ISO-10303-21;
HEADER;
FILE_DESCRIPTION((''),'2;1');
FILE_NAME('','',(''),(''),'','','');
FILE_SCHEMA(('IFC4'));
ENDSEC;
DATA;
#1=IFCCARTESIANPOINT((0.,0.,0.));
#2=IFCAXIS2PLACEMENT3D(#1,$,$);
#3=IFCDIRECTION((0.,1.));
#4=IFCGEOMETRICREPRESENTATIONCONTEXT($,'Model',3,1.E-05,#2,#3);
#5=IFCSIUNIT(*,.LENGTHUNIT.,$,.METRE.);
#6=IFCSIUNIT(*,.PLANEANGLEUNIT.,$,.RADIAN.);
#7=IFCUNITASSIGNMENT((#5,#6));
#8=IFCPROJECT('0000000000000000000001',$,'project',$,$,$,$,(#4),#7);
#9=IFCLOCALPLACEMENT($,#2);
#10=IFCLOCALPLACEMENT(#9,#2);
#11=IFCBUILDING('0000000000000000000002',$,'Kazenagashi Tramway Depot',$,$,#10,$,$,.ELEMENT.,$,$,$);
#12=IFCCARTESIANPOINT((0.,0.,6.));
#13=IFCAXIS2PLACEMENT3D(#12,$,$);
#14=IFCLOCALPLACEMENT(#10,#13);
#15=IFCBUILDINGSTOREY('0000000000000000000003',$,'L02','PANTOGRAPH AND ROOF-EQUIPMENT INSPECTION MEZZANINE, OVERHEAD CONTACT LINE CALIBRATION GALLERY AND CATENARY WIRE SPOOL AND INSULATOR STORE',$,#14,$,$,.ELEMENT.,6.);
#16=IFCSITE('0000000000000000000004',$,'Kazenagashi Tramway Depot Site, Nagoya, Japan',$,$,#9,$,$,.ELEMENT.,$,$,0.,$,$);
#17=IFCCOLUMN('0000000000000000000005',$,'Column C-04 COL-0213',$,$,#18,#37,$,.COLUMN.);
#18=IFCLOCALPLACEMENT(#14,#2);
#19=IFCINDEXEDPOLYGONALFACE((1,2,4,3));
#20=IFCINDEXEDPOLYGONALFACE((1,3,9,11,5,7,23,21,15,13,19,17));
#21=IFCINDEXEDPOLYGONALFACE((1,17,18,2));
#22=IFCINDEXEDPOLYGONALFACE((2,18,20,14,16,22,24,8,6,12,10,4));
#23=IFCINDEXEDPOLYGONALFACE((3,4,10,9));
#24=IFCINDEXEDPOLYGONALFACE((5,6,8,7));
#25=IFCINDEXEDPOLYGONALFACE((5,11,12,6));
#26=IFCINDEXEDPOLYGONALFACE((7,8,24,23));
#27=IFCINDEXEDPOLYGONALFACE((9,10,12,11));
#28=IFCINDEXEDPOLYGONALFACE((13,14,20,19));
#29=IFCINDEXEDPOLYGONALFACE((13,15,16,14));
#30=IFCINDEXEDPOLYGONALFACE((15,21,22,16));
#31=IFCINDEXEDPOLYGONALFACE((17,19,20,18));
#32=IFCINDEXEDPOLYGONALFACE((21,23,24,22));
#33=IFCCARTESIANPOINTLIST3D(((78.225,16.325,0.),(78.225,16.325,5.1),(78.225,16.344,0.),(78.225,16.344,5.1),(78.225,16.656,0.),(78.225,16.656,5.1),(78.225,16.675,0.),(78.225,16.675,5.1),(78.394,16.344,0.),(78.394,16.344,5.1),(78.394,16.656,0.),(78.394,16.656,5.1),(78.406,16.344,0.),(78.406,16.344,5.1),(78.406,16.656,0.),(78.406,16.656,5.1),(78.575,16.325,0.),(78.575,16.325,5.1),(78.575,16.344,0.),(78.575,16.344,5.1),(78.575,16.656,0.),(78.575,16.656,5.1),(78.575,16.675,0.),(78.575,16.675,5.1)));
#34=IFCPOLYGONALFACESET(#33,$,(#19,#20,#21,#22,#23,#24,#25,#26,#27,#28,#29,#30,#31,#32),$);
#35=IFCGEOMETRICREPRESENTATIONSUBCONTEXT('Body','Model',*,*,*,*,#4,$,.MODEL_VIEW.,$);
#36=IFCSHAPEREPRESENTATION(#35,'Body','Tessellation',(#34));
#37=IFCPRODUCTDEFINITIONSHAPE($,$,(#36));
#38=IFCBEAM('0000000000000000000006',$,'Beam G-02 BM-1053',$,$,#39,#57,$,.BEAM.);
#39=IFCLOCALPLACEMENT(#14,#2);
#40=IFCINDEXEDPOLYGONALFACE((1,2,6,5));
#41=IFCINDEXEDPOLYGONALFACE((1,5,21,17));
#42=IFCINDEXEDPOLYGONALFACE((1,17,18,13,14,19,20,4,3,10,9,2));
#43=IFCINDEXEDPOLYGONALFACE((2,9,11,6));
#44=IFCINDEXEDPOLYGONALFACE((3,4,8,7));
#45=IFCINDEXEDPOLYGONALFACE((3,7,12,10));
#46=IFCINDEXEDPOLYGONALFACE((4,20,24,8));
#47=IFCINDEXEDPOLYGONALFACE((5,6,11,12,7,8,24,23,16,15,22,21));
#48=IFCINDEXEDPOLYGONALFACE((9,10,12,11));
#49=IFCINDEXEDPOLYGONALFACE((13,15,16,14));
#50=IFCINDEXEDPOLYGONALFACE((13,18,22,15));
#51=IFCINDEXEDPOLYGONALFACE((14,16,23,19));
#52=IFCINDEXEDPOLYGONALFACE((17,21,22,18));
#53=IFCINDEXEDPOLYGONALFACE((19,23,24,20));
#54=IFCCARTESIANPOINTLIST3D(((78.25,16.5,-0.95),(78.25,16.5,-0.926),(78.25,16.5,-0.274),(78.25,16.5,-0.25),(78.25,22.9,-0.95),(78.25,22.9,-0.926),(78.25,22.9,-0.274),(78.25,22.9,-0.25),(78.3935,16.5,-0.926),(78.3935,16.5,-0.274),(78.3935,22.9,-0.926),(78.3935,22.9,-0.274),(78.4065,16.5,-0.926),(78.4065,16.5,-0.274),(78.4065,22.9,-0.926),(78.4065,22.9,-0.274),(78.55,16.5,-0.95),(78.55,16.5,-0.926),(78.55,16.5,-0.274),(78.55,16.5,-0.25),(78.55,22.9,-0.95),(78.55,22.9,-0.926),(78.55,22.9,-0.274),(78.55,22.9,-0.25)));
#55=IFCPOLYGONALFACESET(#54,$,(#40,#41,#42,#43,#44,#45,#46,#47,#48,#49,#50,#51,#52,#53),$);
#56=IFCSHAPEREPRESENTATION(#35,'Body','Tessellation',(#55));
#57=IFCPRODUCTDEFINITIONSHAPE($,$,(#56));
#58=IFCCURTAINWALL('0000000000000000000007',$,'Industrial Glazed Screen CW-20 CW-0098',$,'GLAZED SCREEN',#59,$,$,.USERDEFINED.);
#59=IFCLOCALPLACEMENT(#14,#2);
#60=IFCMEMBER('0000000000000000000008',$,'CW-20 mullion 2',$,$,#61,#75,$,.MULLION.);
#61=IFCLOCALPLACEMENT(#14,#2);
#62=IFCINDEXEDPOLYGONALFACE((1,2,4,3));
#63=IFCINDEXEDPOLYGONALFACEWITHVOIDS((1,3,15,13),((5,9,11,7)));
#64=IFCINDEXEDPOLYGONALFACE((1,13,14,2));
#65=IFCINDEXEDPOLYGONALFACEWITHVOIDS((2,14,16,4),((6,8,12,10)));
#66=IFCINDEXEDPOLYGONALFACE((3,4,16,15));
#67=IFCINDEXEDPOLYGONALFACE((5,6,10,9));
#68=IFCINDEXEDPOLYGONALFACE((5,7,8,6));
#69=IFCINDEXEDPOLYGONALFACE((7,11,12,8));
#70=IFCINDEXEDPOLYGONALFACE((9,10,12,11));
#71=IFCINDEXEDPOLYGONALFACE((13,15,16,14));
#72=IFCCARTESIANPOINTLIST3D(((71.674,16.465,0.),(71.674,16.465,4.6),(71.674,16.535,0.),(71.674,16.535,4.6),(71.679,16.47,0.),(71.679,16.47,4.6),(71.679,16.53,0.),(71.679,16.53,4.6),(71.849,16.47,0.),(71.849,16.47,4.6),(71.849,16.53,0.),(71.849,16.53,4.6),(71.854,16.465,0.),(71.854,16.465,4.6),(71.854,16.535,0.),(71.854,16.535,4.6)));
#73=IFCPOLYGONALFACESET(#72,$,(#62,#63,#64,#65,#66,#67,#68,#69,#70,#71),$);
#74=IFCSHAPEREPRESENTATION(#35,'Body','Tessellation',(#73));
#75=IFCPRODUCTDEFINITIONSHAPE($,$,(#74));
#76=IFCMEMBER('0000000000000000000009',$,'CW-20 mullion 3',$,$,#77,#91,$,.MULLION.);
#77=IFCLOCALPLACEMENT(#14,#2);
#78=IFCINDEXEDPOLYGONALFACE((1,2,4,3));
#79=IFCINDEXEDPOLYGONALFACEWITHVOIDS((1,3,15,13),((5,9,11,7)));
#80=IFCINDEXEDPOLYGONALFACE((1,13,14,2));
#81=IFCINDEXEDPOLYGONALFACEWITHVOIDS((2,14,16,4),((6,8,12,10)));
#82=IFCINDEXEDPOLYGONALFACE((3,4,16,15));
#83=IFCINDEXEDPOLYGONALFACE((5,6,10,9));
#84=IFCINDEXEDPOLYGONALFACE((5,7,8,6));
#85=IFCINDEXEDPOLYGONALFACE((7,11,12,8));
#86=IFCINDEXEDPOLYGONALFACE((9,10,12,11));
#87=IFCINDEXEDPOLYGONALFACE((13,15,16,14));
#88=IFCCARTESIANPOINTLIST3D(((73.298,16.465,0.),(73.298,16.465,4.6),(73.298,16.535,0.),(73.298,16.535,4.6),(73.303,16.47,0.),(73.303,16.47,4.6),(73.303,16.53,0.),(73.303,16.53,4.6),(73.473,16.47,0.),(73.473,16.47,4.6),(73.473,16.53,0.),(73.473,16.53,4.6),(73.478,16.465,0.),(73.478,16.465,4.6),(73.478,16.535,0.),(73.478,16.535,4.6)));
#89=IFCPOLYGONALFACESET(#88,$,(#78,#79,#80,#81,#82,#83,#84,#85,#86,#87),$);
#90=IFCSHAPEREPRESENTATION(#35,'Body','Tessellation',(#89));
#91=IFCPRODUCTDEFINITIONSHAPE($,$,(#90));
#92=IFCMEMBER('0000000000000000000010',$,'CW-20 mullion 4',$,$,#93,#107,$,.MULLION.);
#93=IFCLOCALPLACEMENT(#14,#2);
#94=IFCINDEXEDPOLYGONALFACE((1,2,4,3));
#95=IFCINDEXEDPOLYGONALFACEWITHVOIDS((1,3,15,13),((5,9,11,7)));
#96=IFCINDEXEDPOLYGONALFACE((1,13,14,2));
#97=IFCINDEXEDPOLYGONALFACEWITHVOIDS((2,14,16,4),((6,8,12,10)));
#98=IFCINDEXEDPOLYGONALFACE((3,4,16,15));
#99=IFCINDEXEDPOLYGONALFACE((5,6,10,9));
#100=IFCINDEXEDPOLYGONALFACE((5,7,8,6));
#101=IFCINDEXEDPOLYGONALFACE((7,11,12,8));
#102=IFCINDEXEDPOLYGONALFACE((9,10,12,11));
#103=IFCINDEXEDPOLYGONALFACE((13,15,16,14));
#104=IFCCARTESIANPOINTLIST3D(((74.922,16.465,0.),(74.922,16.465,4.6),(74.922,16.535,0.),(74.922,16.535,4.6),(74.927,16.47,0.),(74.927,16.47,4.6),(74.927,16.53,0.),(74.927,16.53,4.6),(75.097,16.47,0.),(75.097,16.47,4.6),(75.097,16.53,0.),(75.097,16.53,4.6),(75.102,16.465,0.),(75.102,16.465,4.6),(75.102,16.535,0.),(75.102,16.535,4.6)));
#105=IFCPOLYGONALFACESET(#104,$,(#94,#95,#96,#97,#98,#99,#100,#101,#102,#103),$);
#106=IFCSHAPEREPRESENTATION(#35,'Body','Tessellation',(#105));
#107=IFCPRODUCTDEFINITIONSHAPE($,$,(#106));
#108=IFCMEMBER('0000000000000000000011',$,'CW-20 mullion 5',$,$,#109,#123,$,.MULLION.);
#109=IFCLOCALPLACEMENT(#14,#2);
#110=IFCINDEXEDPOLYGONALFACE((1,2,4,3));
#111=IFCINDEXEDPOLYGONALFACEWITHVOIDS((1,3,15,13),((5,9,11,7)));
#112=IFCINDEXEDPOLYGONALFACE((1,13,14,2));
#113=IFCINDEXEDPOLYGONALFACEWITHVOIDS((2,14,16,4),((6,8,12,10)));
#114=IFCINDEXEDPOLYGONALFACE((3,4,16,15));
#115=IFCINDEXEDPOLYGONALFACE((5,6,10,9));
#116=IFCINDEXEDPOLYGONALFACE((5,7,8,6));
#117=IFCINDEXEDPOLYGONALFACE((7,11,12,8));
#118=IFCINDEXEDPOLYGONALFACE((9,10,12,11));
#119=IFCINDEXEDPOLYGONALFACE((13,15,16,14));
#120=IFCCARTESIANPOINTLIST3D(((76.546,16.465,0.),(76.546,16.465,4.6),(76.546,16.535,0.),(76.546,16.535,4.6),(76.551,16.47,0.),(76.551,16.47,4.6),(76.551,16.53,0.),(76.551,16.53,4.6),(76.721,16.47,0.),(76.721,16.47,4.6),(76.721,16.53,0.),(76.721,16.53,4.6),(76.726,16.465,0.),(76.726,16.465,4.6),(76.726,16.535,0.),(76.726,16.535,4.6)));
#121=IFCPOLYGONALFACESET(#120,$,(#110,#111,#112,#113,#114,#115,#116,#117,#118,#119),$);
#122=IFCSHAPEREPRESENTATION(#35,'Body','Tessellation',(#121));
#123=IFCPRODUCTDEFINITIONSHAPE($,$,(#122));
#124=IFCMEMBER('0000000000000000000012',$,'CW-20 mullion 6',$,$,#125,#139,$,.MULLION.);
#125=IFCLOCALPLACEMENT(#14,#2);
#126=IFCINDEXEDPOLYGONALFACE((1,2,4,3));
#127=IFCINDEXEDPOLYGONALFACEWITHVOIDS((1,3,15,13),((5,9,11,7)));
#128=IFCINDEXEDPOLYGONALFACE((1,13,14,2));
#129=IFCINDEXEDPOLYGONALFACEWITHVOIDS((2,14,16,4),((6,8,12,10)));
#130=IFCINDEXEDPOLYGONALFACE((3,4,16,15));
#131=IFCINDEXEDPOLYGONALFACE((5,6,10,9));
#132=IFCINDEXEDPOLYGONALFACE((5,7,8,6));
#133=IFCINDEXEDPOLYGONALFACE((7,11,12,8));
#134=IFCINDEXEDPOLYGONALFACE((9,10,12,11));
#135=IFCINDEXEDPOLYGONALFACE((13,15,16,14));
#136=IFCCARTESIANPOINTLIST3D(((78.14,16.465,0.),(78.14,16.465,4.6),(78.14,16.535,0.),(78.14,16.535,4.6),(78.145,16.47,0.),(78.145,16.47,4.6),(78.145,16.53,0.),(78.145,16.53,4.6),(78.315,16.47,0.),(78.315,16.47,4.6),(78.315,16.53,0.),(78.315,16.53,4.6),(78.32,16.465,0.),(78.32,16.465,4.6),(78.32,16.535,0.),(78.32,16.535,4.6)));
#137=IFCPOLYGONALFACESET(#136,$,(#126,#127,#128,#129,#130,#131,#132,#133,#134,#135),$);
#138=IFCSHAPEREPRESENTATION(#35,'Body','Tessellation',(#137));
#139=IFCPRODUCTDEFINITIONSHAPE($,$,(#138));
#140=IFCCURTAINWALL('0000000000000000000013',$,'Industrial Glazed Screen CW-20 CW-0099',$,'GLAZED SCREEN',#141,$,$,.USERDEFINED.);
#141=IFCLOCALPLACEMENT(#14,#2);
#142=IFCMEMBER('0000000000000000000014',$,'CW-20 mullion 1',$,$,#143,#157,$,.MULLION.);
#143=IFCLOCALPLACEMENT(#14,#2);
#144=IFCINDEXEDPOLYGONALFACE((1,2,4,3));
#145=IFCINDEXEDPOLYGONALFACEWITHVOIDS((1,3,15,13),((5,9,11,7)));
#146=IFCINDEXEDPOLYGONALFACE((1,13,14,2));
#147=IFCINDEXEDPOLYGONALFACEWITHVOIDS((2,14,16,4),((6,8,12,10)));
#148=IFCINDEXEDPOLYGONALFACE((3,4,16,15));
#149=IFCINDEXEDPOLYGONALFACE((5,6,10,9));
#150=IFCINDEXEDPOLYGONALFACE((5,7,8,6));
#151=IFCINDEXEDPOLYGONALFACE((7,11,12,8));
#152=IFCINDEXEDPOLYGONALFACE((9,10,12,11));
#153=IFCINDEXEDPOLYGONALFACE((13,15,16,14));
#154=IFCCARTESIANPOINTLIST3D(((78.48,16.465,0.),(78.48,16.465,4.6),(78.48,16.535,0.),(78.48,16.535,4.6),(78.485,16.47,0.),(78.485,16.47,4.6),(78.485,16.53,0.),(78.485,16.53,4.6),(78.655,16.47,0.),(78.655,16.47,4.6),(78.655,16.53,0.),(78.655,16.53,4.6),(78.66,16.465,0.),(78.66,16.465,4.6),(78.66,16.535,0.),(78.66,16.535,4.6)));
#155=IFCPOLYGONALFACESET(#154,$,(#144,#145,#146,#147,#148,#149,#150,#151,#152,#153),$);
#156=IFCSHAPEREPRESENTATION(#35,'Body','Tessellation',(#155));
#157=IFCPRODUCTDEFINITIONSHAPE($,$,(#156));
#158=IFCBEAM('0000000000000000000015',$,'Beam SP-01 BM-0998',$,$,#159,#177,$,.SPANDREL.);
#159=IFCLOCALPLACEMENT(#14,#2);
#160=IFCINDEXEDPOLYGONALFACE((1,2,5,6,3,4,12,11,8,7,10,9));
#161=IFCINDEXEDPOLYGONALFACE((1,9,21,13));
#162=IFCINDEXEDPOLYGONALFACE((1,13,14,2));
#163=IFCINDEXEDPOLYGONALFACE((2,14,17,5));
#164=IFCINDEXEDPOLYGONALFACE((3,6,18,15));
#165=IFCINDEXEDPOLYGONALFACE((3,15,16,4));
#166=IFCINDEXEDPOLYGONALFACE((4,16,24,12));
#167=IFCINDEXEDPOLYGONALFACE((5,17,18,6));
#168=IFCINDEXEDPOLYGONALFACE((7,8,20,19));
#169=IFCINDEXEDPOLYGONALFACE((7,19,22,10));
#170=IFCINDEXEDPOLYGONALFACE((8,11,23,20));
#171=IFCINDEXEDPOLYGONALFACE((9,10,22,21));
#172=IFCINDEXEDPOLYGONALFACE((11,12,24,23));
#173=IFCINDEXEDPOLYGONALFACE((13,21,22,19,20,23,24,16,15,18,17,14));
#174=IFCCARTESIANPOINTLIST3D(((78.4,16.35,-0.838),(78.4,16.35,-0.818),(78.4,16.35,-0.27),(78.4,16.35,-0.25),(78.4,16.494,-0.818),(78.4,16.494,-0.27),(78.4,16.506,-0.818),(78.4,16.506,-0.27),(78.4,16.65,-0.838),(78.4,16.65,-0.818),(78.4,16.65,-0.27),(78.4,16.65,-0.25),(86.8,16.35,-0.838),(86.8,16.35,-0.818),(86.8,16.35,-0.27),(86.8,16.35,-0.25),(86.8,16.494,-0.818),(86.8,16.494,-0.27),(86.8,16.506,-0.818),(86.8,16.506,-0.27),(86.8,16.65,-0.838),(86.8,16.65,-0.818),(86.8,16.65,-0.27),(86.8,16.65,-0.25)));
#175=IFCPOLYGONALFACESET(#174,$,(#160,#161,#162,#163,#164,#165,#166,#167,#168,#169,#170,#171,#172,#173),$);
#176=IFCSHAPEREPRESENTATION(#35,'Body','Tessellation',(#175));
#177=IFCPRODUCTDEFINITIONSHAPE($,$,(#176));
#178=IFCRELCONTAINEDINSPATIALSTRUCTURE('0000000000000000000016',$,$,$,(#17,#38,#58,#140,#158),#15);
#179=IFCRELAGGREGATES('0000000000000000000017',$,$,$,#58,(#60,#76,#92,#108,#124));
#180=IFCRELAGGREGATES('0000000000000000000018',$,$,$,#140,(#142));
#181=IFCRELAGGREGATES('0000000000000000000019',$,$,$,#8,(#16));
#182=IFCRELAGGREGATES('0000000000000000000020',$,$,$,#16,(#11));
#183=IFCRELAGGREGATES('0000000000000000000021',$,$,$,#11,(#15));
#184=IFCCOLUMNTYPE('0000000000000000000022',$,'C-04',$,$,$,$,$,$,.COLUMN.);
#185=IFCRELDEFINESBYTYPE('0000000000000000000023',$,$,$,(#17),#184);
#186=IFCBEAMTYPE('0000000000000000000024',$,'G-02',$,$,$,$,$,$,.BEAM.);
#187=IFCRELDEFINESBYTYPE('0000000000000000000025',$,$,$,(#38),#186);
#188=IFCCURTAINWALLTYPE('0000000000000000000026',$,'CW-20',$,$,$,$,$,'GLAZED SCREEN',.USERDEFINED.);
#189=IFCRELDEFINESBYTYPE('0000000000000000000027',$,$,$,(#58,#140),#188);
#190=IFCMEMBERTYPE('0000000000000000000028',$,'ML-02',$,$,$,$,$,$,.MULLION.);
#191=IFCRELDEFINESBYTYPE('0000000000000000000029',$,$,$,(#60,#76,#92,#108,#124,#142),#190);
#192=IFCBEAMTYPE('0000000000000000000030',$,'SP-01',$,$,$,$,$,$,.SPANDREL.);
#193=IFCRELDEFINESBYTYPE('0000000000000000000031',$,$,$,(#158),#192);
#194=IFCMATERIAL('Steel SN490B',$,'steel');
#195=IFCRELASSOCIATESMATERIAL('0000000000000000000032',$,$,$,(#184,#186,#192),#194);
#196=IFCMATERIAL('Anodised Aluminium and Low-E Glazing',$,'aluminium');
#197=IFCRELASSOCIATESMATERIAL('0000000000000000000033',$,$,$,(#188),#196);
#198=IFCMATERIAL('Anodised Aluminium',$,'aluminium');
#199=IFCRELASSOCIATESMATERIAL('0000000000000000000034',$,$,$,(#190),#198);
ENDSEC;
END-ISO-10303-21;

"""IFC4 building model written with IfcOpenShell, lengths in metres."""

from ifc_helpers import new_model, si_unit, direction, frame, origin, origin_2d, place, context, subcontext, project, spatial, hollow_rectangle, i_section, extrude, material, material_profile, profile_set, type_object, element, aggregate, save


model = new_model("IFC4")

# Units and contexts
model_context = context("Model", 3, precision=1e-05, world=origin(), true_north=direction((0.0, 1.0)))
body_context = subcontext(model_context, "Body", "Model", "MODEL_VIEW")
ifc_project = project(units=[si_unit("LENGTHUNIT", "METRE"), si_unit("PLANEANGLEUNIT", "RADIAN")], contexts=[model_context])

# Site, building, storey
site_placement = place(None, origin())
site = spatial("IfcSite", under=ifc_project, at=site_placement, Name="Kazenagashi Tramway Depot Site, Nagoya, Japan", CompositionType="ELEMENT", RefElevation=0.0)
building_placement = place(site_placement, origin())
building = spatial("IfcBuilding", under=site, at=building_placement, Name="Kazenagashi Tramway Depot", CompositionType="ELEMENT")
storey_placement = place(building_placement, frame((0.0, 0.0, 6.0)))
storey = spatial("IfcBuildingStorey", under=building, at=storey_placement, Name="L02", Description="PANTOGRAPH AND ROOF-EQUIPMENT INSPECTION MEZZANINE, OVERHEAD CONTACT LINE CALIBRATION GALLERY AND CATENARY WIRE SPOOL AND INSULATOR STORE", CompositionType="ELEMENT", Elevation=6.0)

# Column
ifc_material_1 = material(Name="Steel SN490B", Category="steel")
ifc_material_profile_1 = material_profile(ifc_material_1, i_section(OverallWidth=0.35, OverallDepth=0.35, WebThickness=0.012, FlangeThickness=0.019, at=origin_2d()), Name="H-350x350x12x19")
ifc_profile_set_1 = profile_set([ifc_material_profile_1], Name="Steel SN490B")
column_type = type_object("IfcColumnType", Name="C-04", PredefinedType="COLUMN", material=ifc_profile_set_1)
column_placement = place(storey_placement, frame((78.4, 16.5, 0.0), z_axis=(0.0, 0.0, 1.0), x_axis=(1.0, 0.0, 0.0)))
element("IfcColumn", 1, at=column_placement, inside=storey, type_object=column_type, Name="Column C-04 COL-0213", PredefinedType="COLUMN", context=body_context, shape_type="SweptSolid", body=[
    extrude(i_section(OverallWidth=0.35, OverallDepth=0.35, WebThickness=0.012, FlangeThickness=0.019, at=origin_2d()), origin(), (0.0, 0.0, 1.0), 5.1),
])

# Beam
ifc_material_profile_2 = material_profile(ifc_material_1, i_section(OverallWidth=0.3, OverallDepth=0.7, WebThickness=0.013, FlangeThickness=0.024, at=origin_2d()), Name="H-700x300x13x24")
ifc_profile_set_2 = profile_set([ifc_material_profile_2], Name="Steel SN490B")
beam_type_1 = type_object("IfcBeamType", Name="G-02", PredefinedType="BEAM", material=ifc_profile_set_2)
beam_1_placement = place(storey_placement, frame((78.4, 16.5, -0.6), z_axis=(0.0, 1.0, 0.0), x_axis=(-1.0, 0.0, 0.0)))
element("IfcBeam", 2, at=beam_1_placement, inside=storey, type_object=beam_type_1, Name="Beam G-02 BM-1053", PredefinedType="BEAM", context=body_context, shape_type="SweptSolid", body=[
    extrude(i_section(OverallWidth=0.3, OverallDepth=0.7, WebThickness=0.013, FlangeThickness=0.024, at=origin_2d()), origin(), (0.0, 0.0, 1.0), 6.4),
])

# Curtain wall, members
ifc_material_2 = material(Name="Anodised Aluminium and Low-E Glazing", Category="aluminium")
curtain_wall_type = type_object("IfcCurtainWallType", Name="CW-20", ElementType="GLAZED SCREEN", PredefinedType="USERDEFINED", material=ifc_material_2)
curtain_wall_1_placement = place(storey_placement, origin())
curtain_wall_1 = element("IfcCurtainWall", 3, at=curtain_wall_1_placement, inside=storey, type_object=curtain_wall_type, Name="Industrial Glazed Screen CW-20 CW-0098", ObjectType="GLAZED SCREEN", PredefinedType="USERDEFINED")
ifc_material_3 = material(Name="Anodised Aluminium", Category="aluminium")
ifc_material_profile_3 = material_profile(ifc_material_3, hollow_rectangle(XDim=0.07, YDim=0.18, WallThickness=0.005, at=origin_2d()), Name="RHS-180x70x5")
ifc_profile_set_3 = profile_set([ifc_material_profile_3], Name="Anodised Aluminium")
member_type_1 = type_object("IfcMemberType", Name="ML-02", PredefinedType="MULLION", material=ifc_profile_set_3)
member_1_placement = place(storey_placement, frame((71.764, 16.5, 0.0), z_axis=(0.0, 0.0, 1.0), x_axis=(0.0, 1.0, 0.0)))
member_1 = element("IfcMember", 4, at=member_1_placement, type_object=member_type_1, Name="CW-20 mullion 2", PredefinedType="MULLION", context=body_context, shape_type="SweptSolid", body=[
    extrude(hollow_rectangle(XDim=0.07, YDim=0.18, WallThickness=0.005, at=origin_2d()), origin(), (0.0, 0.0, 1.0), 4.6),
])
member_2_placement = place(storey_placement, frame((73.388, 16.5, 0.0), z_axis=(0.0, 0.0, 1.0), x_axis=(0.0, 1.0, 0.0)))
member_2 = element("IfcMember", 5, at=member_2_placement, type_object=member_type_1, Name="CW-20 mullion 3", PredefinedType="MULLION", context=body_context, shape_type="SweptSolid", body=[
    extrude(hollow_rectangle(XDim=0.07, YDim=0.18, WallThickness=0.005, at=origin_2d()), origin(), (0.0, 0.0, 1.0), 4.6),
])
member_3_placement = place(storey_placement, frame((75.012, 16.5, 0.0), z_axis=(0.0, 0.0, 1.0), x_axis=(0.0, 1.0, 0.0)))
member_3 = element("IfcMember", 6, at=member_3_placement, type_object=member_type_1, Name="CW-20 mullion 4", PredefinedType="MULLION", context=body_context, shape_type="SweptSolid", body=[
    extrude(hollow_rectangle(XDim=0.07, YDim=0.18, WallThickness=0.005, at=origin_2d()), origin(), (0.0, 0.0, 1.0), 4.6),
])
member_4_placement = place(storey_placement, frame((76.636, 16.5, 0.0), z_axis=(0.0, 0.0, 1.0), x_axis=(0.0, 1.0, 0.0)))
member_4 = element("IfcMember", 7, at=member_4_placement, type_object=member_type_1, Name="CW-20 mullion 5", PredefinedType="MULLION", context=body_context, shape_type="SweptSolid", body=[
    extrude(hollow_rectangle(XDim=0.07, YDim=0.18, WallThickness=0.005, at=origin_2d()), origin(), (0.0, 0.0, 1.0), 4.6),
])
member_5_placement = place(storey_placement, frame((78.23, 16.5, 0.0), z_axis=(0.0, 0.0, 1.0), x_axis=(0.0, 1.0, 0.0)))
member_5 = element("IfcMember", 8, at=member_5_placement, type_object=member_type_1, Name="CW-20 mullion 6", PredefinedType="MULLION", context=body_context, shape_type="SweptSolid", body=[
    extrude(hollow_rectangle(XDim=0.07, YDim=0.18, WallThickness=0.005, at=origin_2d()), origin(), (0.0, 0.0, 1.0), 4.6),
])

# Curtain wall, member
curtain_wall_2_placement = place(storey_placement, origin())
curtain_wall_2 = element("IfcCurtainWall", 9, at=curtain_wall_2_placement, inside=storey, type_object=curtain_wall_type, Name="Industrial Glazed Screen CW-20 CW-0099", ObjectType="GLAZED SCREEN", PredefinedType="USERDEFINED")
member_6_placement = place(storey_placement, frame((78.57, 16.5, 0.0), z_axis=(0.0, 0.0, 1.0), x_axis=(0.0, 1.0, 0.0)))
member_6 = element("IfcMember", 10, at=member_6_placement, type_object=member_type_1, Name="CW-20 mullion 1", PredefinedType="MULLION", context=body_context, shape_type="SweptSolid", body=[
    extrude(hollow_rectangle(XDim=0.07, YDim=0.18, WallThickness=0.005, at=origin_2d()), origin(), (0.0, 0.0, 1.0), 4.6),
])

# Beam
ifc_material_profile_4 = material_profile(ifc_material_1, i_section(OverallWidth=0.3, OverallDepth=0.588, WebThickness=0.012, FlangeThickness=0.02, at=origin_2d()), Name="H-588x300x12x20")
ifc_profile_set_4 = profile_set([ifc_material_profile_4], Name="Steel SN490B")
beam_type_2 = type_object("IfcBeamType", Name="SP-01", PredefinedType="SPANDREL", material=ifc_profile_set_4)
beam_2_placement = place(storey_placement, frame((78.4, 16.5, -0.544), z_axis=(1.0, 0.0, 0.0), x_axis=(0.0, 1.0, 0.0)))
element("IfcBeam", 11, at=beam_2_placement, inside=storey, type_object=beam_type_2, Name="Beam SP-01 BM-0998", PredefinedType="SPANDREL", context=body_context, shape_type="SweptSolid", body=[
    extrude(i_section(OverallWidth=0.3, OverallDepth=0.588, WebThickness=0.012, FlangeThickness=0.02, at=origin_2d()), origin(), (0.0, 0.0, 1.0), 8.4),
])

aggregate(curtain_wall_1, [member_1, member_2, member_3, member_4, member_5])
aggregate(curtain_wall_2, [member_6])

save(model, "model.ifc")
